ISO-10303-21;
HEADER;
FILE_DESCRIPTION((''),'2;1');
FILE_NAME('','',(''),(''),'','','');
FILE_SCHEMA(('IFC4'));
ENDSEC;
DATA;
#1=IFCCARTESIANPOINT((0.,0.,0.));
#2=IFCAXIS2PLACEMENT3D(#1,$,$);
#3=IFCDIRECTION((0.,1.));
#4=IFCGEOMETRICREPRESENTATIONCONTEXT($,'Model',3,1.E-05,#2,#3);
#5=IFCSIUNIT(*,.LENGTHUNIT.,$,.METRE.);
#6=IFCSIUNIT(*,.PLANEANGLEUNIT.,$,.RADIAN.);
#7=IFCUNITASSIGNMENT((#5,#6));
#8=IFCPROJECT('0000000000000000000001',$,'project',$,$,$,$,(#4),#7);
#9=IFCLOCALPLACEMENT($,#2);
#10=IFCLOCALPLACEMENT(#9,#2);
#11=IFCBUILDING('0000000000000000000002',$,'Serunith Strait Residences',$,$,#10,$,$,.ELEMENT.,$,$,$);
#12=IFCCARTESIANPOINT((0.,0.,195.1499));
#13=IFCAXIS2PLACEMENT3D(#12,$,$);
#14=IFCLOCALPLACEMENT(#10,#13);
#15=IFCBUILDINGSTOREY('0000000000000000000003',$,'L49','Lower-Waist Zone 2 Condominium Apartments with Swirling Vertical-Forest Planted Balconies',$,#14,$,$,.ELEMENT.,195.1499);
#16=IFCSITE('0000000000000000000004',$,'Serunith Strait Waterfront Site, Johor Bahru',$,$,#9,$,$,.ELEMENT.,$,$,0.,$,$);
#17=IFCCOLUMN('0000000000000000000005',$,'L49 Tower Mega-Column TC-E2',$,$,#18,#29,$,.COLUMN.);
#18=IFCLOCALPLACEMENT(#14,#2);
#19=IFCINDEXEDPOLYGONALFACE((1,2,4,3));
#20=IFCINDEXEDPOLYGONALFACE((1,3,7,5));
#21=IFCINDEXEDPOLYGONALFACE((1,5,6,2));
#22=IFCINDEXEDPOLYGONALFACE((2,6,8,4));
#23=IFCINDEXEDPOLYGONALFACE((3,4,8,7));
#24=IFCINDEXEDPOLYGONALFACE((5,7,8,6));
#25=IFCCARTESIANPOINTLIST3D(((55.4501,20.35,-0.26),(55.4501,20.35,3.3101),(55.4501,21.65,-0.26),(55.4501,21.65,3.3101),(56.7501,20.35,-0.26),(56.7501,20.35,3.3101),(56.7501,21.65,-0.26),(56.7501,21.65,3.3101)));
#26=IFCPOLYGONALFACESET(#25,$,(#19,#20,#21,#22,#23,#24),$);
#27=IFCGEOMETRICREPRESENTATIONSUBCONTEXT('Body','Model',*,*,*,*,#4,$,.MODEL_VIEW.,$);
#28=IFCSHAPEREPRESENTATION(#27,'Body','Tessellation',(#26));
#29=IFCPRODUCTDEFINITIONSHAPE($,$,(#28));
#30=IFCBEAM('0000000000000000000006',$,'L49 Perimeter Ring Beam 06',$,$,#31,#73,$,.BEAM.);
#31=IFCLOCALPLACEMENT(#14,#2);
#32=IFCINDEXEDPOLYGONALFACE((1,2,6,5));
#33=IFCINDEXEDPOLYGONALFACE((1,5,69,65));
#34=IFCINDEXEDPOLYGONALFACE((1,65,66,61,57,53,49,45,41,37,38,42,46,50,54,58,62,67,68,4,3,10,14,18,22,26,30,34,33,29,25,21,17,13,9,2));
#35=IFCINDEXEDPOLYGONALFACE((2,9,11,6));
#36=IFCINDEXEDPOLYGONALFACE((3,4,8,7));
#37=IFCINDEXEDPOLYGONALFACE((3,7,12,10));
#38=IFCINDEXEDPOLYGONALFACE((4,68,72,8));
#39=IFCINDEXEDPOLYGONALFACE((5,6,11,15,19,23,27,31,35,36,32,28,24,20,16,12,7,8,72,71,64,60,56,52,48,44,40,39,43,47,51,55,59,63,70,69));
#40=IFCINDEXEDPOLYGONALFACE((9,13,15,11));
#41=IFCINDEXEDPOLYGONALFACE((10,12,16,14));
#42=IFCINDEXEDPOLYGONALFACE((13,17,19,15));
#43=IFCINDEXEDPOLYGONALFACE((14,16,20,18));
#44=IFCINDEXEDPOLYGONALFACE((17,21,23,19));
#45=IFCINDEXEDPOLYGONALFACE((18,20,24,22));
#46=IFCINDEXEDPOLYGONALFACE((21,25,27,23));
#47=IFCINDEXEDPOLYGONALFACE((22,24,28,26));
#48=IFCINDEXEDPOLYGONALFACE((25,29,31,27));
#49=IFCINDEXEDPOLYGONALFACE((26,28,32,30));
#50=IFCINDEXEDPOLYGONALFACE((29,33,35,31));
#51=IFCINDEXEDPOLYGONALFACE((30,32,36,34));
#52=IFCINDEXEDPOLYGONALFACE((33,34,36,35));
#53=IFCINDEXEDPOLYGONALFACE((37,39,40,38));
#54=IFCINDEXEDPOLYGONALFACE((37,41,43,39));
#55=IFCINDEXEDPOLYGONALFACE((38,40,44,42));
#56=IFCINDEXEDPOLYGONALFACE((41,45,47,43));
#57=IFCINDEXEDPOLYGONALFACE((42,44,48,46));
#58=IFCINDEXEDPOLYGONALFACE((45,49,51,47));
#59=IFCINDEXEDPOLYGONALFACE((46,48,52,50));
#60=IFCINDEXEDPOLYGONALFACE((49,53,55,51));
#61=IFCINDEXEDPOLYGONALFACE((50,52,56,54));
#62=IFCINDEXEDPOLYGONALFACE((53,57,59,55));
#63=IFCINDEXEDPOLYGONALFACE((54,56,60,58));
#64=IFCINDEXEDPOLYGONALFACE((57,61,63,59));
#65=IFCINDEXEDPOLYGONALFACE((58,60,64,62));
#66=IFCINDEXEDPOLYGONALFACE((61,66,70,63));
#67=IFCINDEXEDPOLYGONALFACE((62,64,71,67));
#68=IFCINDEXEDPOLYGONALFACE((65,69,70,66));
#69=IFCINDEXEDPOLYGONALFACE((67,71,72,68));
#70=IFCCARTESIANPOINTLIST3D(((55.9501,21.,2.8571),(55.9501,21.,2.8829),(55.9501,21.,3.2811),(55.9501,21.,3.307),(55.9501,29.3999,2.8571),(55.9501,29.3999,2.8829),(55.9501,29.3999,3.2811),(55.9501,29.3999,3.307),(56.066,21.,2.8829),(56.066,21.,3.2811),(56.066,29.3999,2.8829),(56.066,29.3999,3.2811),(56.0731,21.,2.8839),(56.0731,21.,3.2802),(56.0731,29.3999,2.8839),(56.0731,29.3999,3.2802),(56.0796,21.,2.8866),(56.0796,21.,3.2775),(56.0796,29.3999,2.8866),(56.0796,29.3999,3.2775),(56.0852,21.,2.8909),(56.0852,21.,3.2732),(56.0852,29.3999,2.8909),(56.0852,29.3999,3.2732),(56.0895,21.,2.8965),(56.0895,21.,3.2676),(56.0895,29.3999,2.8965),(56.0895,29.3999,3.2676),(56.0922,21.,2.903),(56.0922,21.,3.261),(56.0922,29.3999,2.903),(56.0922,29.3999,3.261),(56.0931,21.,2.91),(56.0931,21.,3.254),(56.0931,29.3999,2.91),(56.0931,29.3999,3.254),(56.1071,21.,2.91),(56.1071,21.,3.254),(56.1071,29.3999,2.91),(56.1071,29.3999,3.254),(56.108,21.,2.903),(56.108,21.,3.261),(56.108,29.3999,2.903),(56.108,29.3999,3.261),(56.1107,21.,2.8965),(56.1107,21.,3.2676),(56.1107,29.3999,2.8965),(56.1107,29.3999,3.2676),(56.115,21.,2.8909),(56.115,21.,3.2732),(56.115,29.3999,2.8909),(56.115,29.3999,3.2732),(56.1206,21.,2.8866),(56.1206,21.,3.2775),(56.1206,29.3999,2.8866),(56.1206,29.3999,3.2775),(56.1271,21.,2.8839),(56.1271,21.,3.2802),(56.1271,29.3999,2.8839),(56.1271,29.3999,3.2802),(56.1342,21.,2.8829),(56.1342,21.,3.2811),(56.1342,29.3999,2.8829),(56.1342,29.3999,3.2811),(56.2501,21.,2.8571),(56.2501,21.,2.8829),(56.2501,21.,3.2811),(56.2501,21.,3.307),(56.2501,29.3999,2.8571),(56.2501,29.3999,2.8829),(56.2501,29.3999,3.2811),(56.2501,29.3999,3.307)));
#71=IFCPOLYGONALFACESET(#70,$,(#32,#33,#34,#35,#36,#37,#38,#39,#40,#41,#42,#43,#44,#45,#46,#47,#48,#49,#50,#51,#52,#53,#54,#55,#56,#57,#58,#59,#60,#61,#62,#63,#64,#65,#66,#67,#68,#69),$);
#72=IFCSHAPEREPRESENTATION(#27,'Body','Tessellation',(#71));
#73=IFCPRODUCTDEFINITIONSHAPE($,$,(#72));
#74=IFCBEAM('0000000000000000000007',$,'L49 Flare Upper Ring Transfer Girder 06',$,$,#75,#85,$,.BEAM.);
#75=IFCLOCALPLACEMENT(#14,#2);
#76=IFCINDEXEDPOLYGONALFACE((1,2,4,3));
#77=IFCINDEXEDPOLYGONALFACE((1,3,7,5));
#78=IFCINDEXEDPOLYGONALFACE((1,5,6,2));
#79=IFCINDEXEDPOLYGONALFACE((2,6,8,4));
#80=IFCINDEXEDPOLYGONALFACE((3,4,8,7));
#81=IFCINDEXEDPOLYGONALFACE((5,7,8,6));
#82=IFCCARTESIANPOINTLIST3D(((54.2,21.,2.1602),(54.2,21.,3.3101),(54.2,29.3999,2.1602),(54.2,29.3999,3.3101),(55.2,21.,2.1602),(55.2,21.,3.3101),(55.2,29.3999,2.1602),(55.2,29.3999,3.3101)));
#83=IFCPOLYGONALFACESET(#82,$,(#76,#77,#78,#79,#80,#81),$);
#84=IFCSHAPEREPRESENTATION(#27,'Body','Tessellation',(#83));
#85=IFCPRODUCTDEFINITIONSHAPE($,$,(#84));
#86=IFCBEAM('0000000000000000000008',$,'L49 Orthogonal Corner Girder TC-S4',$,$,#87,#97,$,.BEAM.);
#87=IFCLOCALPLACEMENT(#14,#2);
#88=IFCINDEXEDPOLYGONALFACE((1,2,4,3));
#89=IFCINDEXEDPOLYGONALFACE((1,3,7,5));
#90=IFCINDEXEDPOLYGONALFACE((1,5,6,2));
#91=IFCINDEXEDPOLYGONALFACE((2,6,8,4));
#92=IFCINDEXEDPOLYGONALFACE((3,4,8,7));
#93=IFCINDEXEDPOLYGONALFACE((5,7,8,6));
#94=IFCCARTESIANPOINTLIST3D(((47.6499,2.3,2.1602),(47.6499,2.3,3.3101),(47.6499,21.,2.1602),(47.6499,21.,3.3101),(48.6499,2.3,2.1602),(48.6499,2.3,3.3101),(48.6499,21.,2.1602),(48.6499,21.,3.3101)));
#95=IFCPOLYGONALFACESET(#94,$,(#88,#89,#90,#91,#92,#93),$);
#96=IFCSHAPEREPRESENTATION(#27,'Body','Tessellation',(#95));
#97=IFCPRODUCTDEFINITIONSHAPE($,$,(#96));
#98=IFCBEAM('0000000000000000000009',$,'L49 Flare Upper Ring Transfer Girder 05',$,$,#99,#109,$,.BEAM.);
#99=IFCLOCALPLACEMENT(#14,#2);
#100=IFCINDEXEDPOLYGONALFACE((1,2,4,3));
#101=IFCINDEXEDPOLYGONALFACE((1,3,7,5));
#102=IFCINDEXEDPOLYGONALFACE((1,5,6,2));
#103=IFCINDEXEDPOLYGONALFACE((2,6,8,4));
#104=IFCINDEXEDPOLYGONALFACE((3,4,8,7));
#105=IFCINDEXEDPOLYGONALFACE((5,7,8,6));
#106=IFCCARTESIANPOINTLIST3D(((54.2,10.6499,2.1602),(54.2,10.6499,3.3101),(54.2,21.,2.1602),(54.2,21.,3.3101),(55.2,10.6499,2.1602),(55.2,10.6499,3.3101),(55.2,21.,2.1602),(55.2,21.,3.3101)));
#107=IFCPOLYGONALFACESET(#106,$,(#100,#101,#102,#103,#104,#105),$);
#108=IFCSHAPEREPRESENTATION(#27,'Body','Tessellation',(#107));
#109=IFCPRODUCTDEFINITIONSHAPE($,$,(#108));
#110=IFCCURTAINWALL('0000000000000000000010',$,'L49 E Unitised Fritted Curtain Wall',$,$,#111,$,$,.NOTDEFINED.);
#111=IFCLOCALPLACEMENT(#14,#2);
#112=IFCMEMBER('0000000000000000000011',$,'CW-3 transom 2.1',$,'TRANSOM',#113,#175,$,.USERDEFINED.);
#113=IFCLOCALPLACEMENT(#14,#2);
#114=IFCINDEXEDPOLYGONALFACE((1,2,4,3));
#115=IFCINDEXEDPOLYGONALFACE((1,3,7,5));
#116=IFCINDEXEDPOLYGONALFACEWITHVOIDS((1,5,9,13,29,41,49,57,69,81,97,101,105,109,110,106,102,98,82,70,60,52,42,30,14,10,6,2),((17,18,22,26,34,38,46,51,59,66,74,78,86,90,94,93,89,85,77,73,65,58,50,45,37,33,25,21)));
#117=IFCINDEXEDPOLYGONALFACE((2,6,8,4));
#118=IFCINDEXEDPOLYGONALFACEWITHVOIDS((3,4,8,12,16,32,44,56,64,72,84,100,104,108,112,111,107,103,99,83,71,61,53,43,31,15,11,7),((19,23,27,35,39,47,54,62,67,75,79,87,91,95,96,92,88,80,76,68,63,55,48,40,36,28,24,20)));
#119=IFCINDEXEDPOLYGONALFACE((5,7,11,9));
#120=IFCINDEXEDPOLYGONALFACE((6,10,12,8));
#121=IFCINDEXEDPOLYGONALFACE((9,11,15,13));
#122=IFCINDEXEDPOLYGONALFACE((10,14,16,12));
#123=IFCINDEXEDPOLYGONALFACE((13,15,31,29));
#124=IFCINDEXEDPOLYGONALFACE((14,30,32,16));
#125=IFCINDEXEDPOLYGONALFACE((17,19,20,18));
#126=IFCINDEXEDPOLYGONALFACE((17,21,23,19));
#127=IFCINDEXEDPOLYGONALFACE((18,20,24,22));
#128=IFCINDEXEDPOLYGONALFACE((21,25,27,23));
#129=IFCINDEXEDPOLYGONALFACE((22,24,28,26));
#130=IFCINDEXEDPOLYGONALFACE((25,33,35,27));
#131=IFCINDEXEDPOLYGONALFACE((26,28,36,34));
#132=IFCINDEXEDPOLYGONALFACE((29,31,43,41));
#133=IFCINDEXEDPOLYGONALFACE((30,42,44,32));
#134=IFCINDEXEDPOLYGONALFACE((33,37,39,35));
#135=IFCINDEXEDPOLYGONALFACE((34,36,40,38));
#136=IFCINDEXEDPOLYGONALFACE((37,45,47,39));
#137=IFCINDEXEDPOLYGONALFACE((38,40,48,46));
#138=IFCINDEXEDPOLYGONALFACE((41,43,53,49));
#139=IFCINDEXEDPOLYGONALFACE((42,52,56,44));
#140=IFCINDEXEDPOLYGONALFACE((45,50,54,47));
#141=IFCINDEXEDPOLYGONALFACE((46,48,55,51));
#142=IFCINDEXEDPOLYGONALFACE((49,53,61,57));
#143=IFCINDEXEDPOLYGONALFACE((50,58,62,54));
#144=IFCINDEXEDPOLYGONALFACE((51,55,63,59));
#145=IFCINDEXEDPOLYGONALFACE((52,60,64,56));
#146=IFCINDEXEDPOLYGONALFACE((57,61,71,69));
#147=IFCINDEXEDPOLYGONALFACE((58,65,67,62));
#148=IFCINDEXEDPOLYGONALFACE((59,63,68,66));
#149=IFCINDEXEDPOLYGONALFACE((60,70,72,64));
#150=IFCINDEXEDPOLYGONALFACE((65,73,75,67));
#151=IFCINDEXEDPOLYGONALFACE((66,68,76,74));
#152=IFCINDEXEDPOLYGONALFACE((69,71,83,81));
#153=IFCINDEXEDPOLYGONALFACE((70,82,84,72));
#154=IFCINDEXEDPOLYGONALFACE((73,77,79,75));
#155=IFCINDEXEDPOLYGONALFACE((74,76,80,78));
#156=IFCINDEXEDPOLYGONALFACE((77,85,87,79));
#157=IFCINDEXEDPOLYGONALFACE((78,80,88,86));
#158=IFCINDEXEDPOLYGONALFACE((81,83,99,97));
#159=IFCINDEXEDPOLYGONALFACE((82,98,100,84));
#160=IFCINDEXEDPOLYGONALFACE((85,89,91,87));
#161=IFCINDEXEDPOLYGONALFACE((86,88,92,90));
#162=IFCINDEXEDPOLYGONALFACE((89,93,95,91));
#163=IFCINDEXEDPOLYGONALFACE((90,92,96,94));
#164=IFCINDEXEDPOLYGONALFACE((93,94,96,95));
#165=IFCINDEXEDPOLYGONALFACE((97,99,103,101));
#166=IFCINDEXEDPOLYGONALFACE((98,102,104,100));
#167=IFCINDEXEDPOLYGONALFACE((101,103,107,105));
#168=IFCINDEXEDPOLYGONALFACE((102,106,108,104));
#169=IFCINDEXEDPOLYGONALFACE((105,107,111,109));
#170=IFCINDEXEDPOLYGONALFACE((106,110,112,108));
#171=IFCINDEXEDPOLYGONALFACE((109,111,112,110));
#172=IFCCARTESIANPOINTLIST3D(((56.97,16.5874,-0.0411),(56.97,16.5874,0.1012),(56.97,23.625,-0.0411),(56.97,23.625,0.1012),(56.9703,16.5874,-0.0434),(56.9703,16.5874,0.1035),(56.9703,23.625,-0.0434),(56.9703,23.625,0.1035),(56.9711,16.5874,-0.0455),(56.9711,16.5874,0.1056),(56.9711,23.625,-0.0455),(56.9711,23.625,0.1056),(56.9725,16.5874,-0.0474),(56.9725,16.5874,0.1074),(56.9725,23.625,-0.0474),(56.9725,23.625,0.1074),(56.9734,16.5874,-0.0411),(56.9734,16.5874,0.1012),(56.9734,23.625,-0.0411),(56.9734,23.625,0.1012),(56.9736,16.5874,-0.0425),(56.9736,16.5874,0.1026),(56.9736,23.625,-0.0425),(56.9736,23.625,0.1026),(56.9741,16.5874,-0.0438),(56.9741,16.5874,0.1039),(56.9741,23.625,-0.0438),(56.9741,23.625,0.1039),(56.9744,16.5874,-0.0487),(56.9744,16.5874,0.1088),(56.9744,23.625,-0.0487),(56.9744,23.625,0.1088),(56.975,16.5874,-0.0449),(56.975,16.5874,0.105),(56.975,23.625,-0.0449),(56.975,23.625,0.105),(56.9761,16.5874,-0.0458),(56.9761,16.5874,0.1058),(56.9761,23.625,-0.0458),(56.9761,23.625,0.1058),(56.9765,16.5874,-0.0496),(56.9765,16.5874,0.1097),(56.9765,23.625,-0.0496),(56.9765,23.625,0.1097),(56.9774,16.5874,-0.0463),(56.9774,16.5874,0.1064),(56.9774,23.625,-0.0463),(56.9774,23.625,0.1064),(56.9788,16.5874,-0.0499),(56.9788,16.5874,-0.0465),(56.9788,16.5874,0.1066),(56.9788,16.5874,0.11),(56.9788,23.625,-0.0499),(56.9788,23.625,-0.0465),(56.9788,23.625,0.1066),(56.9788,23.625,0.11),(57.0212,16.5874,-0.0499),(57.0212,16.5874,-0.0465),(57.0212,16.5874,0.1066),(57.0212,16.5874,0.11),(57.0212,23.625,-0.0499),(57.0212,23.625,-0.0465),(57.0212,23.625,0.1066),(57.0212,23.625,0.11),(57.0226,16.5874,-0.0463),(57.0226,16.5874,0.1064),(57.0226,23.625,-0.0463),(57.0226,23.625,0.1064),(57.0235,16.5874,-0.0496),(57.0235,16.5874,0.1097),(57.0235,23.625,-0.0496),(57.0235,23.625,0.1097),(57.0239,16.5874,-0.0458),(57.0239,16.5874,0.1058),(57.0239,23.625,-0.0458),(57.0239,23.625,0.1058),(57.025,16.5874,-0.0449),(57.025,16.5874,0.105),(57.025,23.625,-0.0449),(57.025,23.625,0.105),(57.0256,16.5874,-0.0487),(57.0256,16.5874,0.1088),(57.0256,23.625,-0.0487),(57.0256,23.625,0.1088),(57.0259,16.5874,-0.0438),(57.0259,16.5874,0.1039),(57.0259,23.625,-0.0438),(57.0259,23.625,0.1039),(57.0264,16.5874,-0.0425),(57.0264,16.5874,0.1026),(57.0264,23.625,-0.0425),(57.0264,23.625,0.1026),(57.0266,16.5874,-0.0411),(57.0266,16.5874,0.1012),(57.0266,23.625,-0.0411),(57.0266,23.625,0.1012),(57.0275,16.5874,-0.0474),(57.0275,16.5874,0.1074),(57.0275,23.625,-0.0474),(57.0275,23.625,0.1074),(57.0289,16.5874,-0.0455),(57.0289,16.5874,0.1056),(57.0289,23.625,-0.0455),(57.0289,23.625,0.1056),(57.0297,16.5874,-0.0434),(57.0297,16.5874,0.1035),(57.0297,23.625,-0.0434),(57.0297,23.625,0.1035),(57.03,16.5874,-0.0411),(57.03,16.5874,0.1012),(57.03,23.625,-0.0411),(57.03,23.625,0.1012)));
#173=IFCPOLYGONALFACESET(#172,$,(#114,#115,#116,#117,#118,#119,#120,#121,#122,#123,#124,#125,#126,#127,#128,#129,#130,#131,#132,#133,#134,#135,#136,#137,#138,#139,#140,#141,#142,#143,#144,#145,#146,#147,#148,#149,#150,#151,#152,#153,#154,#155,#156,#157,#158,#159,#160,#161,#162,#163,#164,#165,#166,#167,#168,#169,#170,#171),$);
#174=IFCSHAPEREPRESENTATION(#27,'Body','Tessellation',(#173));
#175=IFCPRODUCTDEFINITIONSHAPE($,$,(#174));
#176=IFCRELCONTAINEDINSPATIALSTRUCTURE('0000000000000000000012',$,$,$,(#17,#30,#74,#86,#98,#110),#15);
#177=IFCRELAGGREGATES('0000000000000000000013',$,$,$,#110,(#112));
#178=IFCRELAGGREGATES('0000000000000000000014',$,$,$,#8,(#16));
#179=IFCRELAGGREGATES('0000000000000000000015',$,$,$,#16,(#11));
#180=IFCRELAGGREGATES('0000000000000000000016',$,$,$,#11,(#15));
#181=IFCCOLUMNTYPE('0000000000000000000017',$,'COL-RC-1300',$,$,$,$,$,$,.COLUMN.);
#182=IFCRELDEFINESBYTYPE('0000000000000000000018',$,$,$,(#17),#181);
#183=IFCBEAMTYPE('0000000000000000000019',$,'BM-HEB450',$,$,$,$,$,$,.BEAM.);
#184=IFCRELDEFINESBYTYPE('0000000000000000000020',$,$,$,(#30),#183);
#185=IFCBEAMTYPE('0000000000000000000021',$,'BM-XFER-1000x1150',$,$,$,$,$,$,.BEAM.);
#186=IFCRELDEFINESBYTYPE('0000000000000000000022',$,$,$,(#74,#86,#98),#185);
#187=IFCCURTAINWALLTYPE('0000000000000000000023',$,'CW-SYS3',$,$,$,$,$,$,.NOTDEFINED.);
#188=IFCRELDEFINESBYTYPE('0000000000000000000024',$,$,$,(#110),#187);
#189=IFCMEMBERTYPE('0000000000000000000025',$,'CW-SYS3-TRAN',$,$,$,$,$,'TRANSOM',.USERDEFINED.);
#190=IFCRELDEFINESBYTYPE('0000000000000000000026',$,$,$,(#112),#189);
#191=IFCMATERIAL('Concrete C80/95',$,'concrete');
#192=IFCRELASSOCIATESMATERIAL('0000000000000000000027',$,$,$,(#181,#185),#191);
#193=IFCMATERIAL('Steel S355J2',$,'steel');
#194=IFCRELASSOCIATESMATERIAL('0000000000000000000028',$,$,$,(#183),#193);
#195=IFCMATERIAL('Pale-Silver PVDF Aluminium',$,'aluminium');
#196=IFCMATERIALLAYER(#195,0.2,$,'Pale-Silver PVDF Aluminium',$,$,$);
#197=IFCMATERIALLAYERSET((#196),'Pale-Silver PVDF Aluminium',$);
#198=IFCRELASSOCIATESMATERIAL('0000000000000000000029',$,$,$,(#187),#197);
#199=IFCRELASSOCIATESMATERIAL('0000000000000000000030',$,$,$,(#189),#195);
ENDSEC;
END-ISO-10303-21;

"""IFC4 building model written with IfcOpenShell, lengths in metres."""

from ifc_helpers import new_model, si_unit, direction, frame, origin, origin_2d, place, context, subcontext, project, spatial, rectangle, hollow_rectangle, i_section, extrude, source, transform, mapped, material, layer, layer_set, material_profile, profile_set, type_object, element, aggregate, save


model = new_model("IFC4")

# Units and contexts
model_context = context("Model", 3, precision=1e-05, world=origin(), true_north=direction((0.0, 1.0)))
body_context = subcontext(model_context, "Body", "Model", "MODEL_VIEW")
ifc_project = project(units=[si_unit("LENGTHUNIT", "METRE"), si_unit("PLANEANGLEUNIT", "RADIAN")], contexts=[model_context])

# Site, building, storey
site_placement = place(None, origin())
site = spatial("IfcSite", under=ifc_project, at=site_placement, Name="Serunith Strait Waterfront Site, Johor Bahru", CompositionType="ELEMENT", RefElevation=0.0)
building_placement = place(site_placement, origin())
building = spatial("IfcBuilding", under=site, at=building_placement, Name="Serunith Strait Residences", CompositionType="ELEMENT")
storey_placement = place(building_placement, frame((0.0, 0.0, 195.1499)))
storey = spatial("IfcBuildingStorey", under=building, at=storey_placement, Name="L49", Description="Lower-Waist Zone 2 Condominium Apartments with Swirling Vertical-Forest Planted Balconies", CompositionType="ELEMENT", Elevation=195.1499)

# Column
ifc_material_1 = material(Name="Concrete C80/95", Category="concrete")
ifc_material_profile_1 = material_profile(ifc_material_1, rectangle(XDim=1.3, YDim=1.3, at=origin_2d()), Name="RC 1300x1300")
ifc_profile_set_1 = profile_set([ifc_material_profile_1], Name="Concrete C80/95")
column_type = type_object("IfcColumnType", Name="COL-RC-1300", PredefinedType="COLUMN", material=ifc_profile_set_1)
shared_shape_1 = source(origin(), body_context, "Body", "SweptSolid", [
    extrude(rectangle(XDim=1.3, YDim=1.3, at=origin_2d()), origin(), (0.0, 0.0, 1.0), 3.5701),
])
column_placement = place(storey_placement, frame((56.1001, 21.0, -0.26), z_axis=(0.0, 0.0, 1.0), x_axis=(1.0, 0.0, 0.0)))
element("IfcColumn", 1, at=column_placement, inside=storey, type_object=column_type, Name="L49 Tower Mega-Column TC-E2", PredefinedType="COLUMN", context=body_context, shape_type="MappedRepresentation", body=[
    mapped(shared_shape_1, transform((0.0, 0.0, 0.0), scale=1.0)),
])

# Beams
ifc_material_2 = material(Name="Steel S355J2", Category="steel")
ifc_material_profile_2 = material_profile(ifc_material_2, i_section(OverallWidth=0.3, OverallDepth=0.45, WebThickness=0.0139, FlangeThickness=0.0259, FilletRadius=0.0271, at=origin_2d()), Name="HEB 450")
ifc_profile_set_2 = profile_set([ifc_material_profile_2], Name="Steel S355J2")
beam_type_1 = type_object("IfcBeamType", Name="BM-HEB450", PredefinedType="BEAM", material=ifc_profile_set_2)
shared_shape_2 = source(origin(), body_context, "Body", "SweptSolid", [
    extrude(i_section(OverallWidth=0.3, OverallDepth=0.45, WebThickness=0.0139, FlangeThickness=0.0259, FilletRadius=0.0271, at=origin_2d()), origin(), (0.0, 0.0, 1.0), 8.3999),
])
beam_1_placement = place(storey_placement, frame((56.1001, 21.0, 3.082), z_axis=(0.0, 1.0, 0.0), x_axis=(-1.0, 0.0, 0.0)))
element("IfcBeam", 2, at=beam_1_placement, inside=storey, type_object=beam_type_1, Name="L49 Perimeter Ring Beam 06", PredefinedType="BEAM", context=body_context, shape_type="MappedRepresentation", body=[
    mapped(shared_shape_2, transform((0.0, 0.0, 0.0), scale=1.0)),
])
ifc_material_profile_3 = material_profile(ifc_material_1, rectangle(XDim=1.0, YDim=1.1499, at=origin_2d()), Name="RC 1000x1150")
ifc_profile_set_3 = profile_set([ifc_material_profile_3], Name="Concrete C80/95")
beam_type_2 = type_object("IfcBeamType", Name="BM-XFER-1000x1150", PredefinedType="BEAM", material=ifc_profile_set_3)
shared_shape_3 = source(origin(), body_context, "Body", "SweptSolid", [
    extrude(rectangle(XDim=1.0, YDim=1.1499, at=origin_2d()), origin(), (0.0, 0.0, 1.0), 8.3999),
])
beam_2_placement = place(storey_placement, frame((54.7, 21.0, 2.7351), z_axis=(0.0, 1.0, 0.0), x_axis=(-1.0, 0.0, 0.0)))
element("IfcBeam", 3, at=beam_2_placement, inside=storey, type_object=beam_type_2, Name="L49 Flare Upper Ring Transfer Girder 06", PredefinedType="BEAM", context=body_context, shape_type="MappedRepresentation", body=[
    mapped(shared_shape_3, transform((0.0, 0.0, 0.0), scale=1.0)),
])
shared_shape_4 = source(origin(), body_context, "Body", "SweptSolid", [
    extrude(rectangle(XDim=1.0, YDim=1.1499, at=origin_2d()), origin(), (0.0, 0.0, 1.0), 18.7),
])
beam_3_placement = place(storey_placement, frame((48.1499, 21.0, 2.7351), z_axis=(0.0, -1.0, 0.0), x_axis=(1.0, 0.0, 0.0)))
element("IfcBeam", 4, at=beam_3_placement, inside=storey, type_object=beam_type_2, Name="L49 Orthogonal Corner Girder TC-S4", PredefinedType="BEAM", context=body_context, shape_type="MappedRepresentation", body=[
    mapped(shared_shape_4, transform((0.0, 0.0, 0.0), scale=1.0)),
])
shared_shape_5 = source(origin(), body_context, "Body", "SweptSolid", [
    extrude(rectangle(XDim=1.0, YDim=1.1499, at=origin_2d()), origin(), (0.0, 0.0, 1.0), 10.3501),
])
beam_4_placement = place(storey_placement, frame((54.7, 10.6499, 2.7351), z_axis=(0.0, 1.0, 0.0), x_axis=(-1.0, 0.0, 0.0)))
element("IfcBeam", 5, at=beam_4_placement, inside=storey, type_object=beam_type_2, Name="L49 Flare Upper Ring Transfer Girder 05", PredefinedType="BEAM", context=body_context, shape_type="MappedRepresentation", body=[
    mapped(shared_shape_5, transform((0.0, 0.0, 0.0), scale=1.0)),
])

# Curtain wall, member
ifc_material_3 = material(Name="Pale-Silver PVDF Aluminium", Category="aluminium")
ifc_layer_1 = layer(ifc_material_3, 0.2, Name="Pale-Silver PVDF Aluminium")
ifc_layer_set_1 = layer_set([ifc_layer_1], Name="Pale-Silver PVDF Aluminium")
curtain_wall_type = type_object("IfcCurtainWallType", Name="CW-SYS3", PredefinedType="NOTDEFINED", material=ifc_layer_set_1)
curtain_wall_placement = place(storey_placement, origin())
curtain_wall = element("IfcCurtainWall", 6, at=curtain_wall_placement, inside=storey, type_object=curtain_wall_type, Name="L49 E Unitised Fritted Curtain Wall", PredefinedType="NOTDEFINED")
ifc_material_profile_4 = material_profile(ifc_material_3, hollow_rectangle(XDim=0.0601, YDim=0.1599, WallThickness=0.0034, InnerFilletRadius=0.0054, OuterFilletRadius=0.0088, at=origin_2d()), Name="ALU 160x60x3.5")
ifc_profile_set_4 = profile_set([ifc_material_profile_4], Name="Pale-Silver PVDF Aluminium")
member_type_1 = type_object("IfcMemberType", Name="CW-SYS3-TRAN", ElementType="TRANSOM", PredefinedType="USERDEFINED", material=ifc_profile_set_4)
shared_shape_6 = source(origin(), body_context, "Body", "SweptSolid", [
    extrude(hollow_rectangle(XDim=0.0601, YDim=0.1599, WallThickness=0.0034, InnerFilletRadius=0.0054, OuterFilletRadius=0.0088, at=origin_2d()), origin(), (0.0, 0.0, 1.0), 7.0376),
])
member_1_placement = place(storey_placement, frame((57.0, 16.5874, 0.03), z_axis=(0.0, 1.0, 0.0), x_axis=(-1.0, 0.0, 0.0)))
member_1 = element("IfcMember", 7, at=member_1_placement, type_object=member_type_1, Name="CW-3 transom 2.1", ObjectType="TRANSOM", PredefinedType="USERDEFINED", context=body_context, shape_type="MappedRepresentation", body=[
    mapped(shared_shape_6, transform((0.0, 0.0, 0.0), scale=1.0)),
])
aggregate(curtain_wall, [member_1])

save(model, "model.ifc")
